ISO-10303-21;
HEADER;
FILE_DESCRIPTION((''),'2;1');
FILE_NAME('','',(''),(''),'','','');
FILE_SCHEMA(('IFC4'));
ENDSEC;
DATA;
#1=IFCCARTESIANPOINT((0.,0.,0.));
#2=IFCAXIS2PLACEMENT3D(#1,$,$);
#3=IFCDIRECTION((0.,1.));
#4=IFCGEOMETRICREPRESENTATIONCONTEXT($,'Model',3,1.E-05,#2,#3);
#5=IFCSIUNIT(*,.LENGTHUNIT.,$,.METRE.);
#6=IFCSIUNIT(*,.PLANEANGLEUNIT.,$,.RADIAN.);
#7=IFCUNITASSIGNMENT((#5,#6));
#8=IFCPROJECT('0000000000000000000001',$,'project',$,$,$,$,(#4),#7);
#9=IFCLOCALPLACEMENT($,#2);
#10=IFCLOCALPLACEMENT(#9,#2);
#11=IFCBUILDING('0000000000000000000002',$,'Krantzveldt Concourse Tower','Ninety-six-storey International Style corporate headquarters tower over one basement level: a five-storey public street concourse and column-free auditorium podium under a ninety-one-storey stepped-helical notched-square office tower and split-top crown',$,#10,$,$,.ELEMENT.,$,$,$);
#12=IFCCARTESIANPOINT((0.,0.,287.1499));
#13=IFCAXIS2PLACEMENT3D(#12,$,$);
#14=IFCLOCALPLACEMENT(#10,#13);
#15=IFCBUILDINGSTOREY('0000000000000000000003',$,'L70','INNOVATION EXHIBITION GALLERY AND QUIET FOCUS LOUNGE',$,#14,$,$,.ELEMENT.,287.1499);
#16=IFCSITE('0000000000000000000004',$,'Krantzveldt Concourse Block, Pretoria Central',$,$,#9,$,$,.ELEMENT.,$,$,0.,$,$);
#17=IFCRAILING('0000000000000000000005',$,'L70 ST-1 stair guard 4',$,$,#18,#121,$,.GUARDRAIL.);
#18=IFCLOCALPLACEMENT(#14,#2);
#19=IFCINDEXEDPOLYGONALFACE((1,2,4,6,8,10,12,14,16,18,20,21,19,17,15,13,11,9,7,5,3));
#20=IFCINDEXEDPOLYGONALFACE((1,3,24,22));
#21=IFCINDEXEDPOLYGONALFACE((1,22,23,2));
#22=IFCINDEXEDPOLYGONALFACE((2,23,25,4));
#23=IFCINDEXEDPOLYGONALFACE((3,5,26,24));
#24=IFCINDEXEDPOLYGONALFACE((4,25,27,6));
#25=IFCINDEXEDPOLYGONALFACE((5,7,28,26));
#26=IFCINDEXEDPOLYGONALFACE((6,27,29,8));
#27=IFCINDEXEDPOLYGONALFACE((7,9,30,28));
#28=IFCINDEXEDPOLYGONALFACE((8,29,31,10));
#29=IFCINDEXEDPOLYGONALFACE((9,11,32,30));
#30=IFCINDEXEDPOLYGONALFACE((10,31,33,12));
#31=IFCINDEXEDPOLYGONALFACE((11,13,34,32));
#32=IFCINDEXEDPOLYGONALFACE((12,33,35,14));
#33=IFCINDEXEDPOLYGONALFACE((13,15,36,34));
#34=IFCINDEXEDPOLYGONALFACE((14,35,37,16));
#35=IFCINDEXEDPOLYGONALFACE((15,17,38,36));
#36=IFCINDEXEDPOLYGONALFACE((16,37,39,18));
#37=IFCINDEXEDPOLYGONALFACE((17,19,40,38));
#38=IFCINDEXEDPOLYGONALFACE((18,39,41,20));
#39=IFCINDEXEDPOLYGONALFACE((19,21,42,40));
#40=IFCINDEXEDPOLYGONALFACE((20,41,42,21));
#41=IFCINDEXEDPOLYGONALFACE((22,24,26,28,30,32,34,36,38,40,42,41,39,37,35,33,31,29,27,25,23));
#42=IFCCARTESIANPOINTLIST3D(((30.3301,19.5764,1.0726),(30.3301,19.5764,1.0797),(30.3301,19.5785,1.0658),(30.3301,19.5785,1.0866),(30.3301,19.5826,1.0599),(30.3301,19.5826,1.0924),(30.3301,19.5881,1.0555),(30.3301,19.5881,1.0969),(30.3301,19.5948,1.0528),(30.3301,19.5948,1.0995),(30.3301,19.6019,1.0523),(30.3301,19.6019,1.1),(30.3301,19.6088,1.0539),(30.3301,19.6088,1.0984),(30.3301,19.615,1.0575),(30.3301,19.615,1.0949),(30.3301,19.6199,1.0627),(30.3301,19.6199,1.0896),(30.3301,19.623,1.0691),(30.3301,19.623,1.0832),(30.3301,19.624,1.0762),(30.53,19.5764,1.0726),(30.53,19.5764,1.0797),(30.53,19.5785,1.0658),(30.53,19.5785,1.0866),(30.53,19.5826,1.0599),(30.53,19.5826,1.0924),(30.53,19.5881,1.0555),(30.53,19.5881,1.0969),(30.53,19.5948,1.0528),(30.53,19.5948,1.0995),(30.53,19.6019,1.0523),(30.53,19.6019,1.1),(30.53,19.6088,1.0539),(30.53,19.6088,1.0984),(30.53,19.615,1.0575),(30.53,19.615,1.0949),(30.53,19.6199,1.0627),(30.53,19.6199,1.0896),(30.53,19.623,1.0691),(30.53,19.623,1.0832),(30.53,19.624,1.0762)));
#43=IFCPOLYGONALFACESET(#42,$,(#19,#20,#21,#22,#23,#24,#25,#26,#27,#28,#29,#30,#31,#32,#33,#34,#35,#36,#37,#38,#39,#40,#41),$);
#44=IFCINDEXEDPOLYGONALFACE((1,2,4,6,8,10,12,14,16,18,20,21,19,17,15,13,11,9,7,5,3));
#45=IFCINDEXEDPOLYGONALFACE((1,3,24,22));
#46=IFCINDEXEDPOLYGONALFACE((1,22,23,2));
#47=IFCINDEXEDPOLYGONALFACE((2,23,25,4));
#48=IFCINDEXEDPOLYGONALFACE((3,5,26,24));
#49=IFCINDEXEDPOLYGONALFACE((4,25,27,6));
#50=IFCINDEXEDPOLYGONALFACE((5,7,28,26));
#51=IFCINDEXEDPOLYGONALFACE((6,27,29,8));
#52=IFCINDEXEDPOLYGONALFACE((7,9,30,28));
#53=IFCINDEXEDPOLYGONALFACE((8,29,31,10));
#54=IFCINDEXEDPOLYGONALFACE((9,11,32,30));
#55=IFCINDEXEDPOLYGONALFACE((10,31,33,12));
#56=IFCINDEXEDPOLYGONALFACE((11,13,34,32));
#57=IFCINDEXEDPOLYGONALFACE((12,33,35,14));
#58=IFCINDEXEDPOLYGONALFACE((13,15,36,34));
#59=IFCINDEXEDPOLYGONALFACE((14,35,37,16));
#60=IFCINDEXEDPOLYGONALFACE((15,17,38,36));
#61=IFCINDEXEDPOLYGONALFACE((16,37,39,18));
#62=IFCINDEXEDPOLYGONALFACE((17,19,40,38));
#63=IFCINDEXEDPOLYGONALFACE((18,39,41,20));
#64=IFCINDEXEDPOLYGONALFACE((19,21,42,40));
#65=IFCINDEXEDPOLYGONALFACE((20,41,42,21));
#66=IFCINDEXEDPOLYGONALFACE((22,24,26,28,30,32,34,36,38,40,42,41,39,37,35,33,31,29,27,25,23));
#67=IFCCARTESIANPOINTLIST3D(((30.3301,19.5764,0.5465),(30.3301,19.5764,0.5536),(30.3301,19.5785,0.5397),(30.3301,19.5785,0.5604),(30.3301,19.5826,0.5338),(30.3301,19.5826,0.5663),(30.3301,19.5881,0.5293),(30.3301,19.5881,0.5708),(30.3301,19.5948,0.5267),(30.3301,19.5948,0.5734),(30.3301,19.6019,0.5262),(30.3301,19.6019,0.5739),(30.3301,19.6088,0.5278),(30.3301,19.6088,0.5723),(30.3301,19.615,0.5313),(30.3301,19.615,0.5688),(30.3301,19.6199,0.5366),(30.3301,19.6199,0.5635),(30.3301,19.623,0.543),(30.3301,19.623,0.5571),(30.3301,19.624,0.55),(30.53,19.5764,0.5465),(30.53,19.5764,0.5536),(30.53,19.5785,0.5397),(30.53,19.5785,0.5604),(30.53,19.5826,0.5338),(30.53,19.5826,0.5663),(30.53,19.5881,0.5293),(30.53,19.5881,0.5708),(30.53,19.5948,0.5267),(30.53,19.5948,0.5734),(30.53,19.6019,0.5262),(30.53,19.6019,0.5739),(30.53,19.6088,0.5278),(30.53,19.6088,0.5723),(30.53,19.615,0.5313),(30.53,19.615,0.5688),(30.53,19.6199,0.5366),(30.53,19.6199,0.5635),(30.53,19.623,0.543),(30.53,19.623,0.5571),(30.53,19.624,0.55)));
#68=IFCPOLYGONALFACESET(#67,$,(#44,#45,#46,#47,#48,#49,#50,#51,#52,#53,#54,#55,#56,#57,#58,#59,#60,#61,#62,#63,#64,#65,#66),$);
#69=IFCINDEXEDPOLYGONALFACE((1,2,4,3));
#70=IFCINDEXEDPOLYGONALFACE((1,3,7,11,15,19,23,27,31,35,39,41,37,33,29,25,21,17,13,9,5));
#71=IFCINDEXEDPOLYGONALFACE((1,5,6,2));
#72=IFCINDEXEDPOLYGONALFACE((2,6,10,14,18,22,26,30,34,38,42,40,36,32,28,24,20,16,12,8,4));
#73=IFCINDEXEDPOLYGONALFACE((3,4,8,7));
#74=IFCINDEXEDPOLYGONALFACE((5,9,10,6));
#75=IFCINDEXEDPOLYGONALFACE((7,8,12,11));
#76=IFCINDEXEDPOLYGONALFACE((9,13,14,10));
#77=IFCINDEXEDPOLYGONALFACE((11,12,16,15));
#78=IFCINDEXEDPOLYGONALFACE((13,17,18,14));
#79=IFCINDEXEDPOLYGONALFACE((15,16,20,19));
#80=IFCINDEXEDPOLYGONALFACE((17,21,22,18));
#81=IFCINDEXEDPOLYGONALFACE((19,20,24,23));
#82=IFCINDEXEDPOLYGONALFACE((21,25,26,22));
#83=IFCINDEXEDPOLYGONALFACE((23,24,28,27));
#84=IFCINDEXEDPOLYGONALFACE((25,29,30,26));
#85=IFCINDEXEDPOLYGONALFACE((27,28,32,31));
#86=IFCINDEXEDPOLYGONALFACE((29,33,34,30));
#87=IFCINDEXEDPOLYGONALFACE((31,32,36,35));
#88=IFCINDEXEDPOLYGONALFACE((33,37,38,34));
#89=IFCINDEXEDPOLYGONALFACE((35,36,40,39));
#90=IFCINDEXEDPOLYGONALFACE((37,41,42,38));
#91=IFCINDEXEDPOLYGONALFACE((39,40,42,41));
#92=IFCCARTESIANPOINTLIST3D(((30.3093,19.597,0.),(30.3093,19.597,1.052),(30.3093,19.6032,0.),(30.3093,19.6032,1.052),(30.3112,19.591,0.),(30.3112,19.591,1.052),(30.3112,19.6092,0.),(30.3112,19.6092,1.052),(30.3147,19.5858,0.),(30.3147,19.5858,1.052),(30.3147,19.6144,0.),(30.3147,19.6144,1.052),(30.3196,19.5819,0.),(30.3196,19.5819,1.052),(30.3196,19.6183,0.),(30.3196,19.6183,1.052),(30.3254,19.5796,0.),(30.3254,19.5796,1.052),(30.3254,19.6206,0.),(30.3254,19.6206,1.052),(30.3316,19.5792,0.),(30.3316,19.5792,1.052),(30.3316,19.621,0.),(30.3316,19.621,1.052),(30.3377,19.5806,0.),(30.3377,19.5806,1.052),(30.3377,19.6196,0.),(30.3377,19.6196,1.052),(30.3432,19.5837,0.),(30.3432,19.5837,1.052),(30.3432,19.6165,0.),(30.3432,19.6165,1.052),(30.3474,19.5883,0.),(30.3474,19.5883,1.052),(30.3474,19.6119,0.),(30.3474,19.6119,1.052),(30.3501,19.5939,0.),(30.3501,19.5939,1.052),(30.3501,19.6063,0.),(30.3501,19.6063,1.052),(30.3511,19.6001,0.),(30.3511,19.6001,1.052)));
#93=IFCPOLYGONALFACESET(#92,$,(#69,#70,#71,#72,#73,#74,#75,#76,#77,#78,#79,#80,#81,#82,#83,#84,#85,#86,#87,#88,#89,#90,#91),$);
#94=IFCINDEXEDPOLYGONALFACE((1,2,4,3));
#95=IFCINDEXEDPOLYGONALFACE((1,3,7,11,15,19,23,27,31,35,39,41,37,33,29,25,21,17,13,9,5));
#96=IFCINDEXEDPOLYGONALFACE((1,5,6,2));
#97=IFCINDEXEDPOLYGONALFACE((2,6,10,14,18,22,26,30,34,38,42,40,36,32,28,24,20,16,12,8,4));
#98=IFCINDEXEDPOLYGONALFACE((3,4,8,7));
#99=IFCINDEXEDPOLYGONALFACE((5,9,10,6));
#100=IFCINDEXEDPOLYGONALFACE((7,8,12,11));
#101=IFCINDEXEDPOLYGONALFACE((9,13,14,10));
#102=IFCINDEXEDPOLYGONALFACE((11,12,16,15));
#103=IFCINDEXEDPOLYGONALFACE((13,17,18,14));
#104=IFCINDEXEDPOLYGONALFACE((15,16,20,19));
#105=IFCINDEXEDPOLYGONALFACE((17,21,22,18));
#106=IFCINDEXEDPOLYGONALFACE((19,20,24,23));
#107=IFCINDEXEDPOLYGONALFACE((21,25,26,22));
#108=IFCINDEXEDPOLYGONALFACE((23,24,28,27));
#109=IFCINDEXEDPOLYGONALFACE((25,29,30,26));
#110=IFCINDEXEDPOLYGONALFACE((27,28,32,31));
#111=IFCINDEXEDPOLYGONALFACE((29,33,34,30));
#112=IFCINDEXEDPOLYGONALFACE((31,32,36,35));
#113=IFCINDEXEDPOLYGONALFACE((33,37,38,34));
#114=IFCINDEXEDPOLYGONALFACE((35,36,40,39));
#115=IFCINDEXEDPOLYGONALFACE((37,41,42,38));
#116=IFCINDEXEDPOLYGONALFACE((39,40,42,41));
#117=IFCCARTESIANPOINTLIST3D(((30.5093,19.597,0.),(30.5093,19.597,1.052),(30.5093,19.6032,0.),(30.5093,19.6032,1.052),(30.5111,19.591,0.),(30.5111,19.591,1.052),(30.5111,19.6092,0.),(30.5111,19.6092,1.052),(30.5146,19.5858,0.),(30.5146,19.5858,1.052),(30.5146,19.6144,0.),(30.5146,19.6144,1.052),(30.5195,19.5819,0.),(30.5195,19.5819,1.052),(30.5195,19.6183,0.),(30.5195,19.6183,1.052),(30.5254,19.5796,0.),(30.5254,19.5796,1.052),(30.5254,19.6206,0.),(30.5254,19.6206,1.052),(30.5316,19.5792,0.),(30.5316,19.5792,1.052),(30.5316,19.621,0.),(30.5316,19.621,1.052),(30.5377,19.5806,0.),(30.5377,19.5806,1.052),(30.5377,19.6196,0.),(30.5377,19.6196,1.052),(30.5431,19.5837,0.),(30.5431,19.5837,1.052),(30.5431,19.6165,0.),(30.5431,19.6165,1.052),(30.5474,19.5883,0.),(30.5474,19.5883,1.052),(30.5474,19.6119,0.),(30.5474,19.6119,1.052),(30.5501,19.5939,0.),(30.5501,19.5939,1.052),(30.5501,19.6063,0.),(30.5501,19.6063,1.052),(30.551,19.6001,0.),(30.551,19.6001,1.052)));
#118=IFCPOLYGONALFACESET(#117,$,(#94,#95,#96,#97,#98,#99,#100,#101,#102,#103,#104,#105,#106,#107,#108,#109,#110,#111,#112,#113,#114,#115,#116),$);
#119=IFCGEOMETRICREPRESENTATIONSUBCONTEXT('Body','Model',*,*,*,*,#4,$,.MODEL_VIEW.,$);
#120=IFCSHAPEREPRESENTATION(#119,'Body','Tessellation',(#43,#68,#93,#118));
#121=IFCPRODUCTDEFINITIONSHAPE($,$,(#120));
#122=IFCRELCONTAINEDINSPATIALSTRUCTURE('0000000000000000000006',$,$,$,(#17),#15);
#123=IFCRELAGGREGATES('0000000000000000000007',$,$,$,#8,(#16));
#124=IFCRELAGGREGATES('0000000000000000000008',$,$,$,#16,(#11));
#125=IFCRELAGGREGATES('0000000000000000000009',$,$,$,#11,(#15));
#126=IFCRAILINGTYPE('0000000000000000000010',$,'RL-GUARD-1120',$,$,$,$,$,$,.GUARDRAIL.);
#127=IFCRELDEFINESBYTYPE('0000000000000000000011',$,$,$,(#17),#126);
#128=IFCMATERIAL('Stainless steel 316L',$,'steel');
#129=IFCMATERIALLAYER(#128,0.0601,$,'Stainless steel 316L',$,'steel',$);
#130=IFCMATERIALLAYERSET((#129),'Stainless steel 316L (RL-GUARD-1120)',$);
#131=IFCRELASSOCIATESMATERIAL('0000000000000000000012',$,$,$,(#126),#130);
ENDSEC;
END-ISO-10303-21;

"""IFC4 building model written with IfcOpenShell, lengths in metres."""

from ifc_helpers import new_model, si_unit, direction, frame, origin, origin_2d, place, context, subcontext, project, spatial, circle, extrude, material, layer, layer_set, type_object, element, save


model = new_model("IFC4")

# Units and contexts
model_context = context("Model", 3, precision=1e-05, world=origin(), true_north=direction((0.0, 1.0)))
body_context = subcontext(model_context, "Body", "Model", "MODEL_VIEW")
ifc_project = project(units=[si_unit("LENGTHUNIT", "METRE"), si_unit("PLANEANGLEUNIT", "RADIAN")], contexts=[model_context])

# Site, building, storey
site_placement = place(None, origin())
site = spatial("IfcSite", under=ifc_project, at=site_placement, Name="Krantzveldt Concourse Block, Pretoria Central", CompositionType="ELEMENT", RefElevation=0.0)
building_placement = place(site_placement, origin())
building = spatial("IfcBuilding", under=site, at=building_placement, Name="Krantzveldt Concourse Tower", Description="Ninety-six-storey International Style corporate headquarters tower over one basement level: a five-storey public street concourse and column-free auditorium podium under a ninety-one-storey stepped-helical notched-square office tower and split-top crown", CompositionType="ELEMENT")
storey_placement = place(building_placement, frame((0.0, 0.0, 287.1499)))
storey = spatial("IfcBuildingStorey", under=building, at=storey_placement, Name="L70", Description="INNOVATION EXHIBITION GALLERY AND QUIET FOCUS LOUNGE", CompositionType="ELEMENT", Elevation=287.1499)

# Railing
ifc_material_1 = material(Name="Stainless steel 316L", Category="steel")
ifc_layer_1 = layer(ifc_material_1, 0.0601, Name="Stainless steel 316L", Category="steel")
ifc_layer_set_1 = layer_set([ifc_layer_1], Name="Stainless steel 316L (RL-GUARD-1120)")
railing_type_1 = type_object("IfcRailingType", Name="RL-GUARD-1120", PredefinedType="GUARDRAIL", material=ifc_layer_set_1)
railing_1_placement = place(storey_placement, frame((30.3301, 19.6001, 0.0)))
element("IfcRailing", 1, at=railing_1_placement, inside=storey, type_object=railing_type_1, Name="L70 ST-1 stair guard 4", PredefinedType="GUARDRAIL", context=body_context, shape_type="SweptSolid", body=[
    extrude(circle(Radius=0.0239, at=origin_2d()), frame((0.0, 0.0, 1.0762), z_axis=(1.0, 0.0, 0.0), x_axis=(0.0, 1.0, 0.0)), (0.0, 0.0, 1.0), 0.2),
    extrude(circle(Radius=0.0239, at=origin_2d()), frame((0.0, 0.0, 0.55), z_axis=(1.0, 0.0, 0.0), x_axis=(0.0, 1.0, 0.0)), (0.0, 0.0, 1.0), 0.2),
    extrude(circle(Radius=0.021, at=origin_2d()), origin(), (0.0, 0.0, 1.0), 1.052),
    extrude(circle(Radius=0.021, at=origin_2d()), frame((0.2, 0.0, 0.0)), (0.0, 0.0, 1.0), 1.052),
])

save(model, "model.ifc")
